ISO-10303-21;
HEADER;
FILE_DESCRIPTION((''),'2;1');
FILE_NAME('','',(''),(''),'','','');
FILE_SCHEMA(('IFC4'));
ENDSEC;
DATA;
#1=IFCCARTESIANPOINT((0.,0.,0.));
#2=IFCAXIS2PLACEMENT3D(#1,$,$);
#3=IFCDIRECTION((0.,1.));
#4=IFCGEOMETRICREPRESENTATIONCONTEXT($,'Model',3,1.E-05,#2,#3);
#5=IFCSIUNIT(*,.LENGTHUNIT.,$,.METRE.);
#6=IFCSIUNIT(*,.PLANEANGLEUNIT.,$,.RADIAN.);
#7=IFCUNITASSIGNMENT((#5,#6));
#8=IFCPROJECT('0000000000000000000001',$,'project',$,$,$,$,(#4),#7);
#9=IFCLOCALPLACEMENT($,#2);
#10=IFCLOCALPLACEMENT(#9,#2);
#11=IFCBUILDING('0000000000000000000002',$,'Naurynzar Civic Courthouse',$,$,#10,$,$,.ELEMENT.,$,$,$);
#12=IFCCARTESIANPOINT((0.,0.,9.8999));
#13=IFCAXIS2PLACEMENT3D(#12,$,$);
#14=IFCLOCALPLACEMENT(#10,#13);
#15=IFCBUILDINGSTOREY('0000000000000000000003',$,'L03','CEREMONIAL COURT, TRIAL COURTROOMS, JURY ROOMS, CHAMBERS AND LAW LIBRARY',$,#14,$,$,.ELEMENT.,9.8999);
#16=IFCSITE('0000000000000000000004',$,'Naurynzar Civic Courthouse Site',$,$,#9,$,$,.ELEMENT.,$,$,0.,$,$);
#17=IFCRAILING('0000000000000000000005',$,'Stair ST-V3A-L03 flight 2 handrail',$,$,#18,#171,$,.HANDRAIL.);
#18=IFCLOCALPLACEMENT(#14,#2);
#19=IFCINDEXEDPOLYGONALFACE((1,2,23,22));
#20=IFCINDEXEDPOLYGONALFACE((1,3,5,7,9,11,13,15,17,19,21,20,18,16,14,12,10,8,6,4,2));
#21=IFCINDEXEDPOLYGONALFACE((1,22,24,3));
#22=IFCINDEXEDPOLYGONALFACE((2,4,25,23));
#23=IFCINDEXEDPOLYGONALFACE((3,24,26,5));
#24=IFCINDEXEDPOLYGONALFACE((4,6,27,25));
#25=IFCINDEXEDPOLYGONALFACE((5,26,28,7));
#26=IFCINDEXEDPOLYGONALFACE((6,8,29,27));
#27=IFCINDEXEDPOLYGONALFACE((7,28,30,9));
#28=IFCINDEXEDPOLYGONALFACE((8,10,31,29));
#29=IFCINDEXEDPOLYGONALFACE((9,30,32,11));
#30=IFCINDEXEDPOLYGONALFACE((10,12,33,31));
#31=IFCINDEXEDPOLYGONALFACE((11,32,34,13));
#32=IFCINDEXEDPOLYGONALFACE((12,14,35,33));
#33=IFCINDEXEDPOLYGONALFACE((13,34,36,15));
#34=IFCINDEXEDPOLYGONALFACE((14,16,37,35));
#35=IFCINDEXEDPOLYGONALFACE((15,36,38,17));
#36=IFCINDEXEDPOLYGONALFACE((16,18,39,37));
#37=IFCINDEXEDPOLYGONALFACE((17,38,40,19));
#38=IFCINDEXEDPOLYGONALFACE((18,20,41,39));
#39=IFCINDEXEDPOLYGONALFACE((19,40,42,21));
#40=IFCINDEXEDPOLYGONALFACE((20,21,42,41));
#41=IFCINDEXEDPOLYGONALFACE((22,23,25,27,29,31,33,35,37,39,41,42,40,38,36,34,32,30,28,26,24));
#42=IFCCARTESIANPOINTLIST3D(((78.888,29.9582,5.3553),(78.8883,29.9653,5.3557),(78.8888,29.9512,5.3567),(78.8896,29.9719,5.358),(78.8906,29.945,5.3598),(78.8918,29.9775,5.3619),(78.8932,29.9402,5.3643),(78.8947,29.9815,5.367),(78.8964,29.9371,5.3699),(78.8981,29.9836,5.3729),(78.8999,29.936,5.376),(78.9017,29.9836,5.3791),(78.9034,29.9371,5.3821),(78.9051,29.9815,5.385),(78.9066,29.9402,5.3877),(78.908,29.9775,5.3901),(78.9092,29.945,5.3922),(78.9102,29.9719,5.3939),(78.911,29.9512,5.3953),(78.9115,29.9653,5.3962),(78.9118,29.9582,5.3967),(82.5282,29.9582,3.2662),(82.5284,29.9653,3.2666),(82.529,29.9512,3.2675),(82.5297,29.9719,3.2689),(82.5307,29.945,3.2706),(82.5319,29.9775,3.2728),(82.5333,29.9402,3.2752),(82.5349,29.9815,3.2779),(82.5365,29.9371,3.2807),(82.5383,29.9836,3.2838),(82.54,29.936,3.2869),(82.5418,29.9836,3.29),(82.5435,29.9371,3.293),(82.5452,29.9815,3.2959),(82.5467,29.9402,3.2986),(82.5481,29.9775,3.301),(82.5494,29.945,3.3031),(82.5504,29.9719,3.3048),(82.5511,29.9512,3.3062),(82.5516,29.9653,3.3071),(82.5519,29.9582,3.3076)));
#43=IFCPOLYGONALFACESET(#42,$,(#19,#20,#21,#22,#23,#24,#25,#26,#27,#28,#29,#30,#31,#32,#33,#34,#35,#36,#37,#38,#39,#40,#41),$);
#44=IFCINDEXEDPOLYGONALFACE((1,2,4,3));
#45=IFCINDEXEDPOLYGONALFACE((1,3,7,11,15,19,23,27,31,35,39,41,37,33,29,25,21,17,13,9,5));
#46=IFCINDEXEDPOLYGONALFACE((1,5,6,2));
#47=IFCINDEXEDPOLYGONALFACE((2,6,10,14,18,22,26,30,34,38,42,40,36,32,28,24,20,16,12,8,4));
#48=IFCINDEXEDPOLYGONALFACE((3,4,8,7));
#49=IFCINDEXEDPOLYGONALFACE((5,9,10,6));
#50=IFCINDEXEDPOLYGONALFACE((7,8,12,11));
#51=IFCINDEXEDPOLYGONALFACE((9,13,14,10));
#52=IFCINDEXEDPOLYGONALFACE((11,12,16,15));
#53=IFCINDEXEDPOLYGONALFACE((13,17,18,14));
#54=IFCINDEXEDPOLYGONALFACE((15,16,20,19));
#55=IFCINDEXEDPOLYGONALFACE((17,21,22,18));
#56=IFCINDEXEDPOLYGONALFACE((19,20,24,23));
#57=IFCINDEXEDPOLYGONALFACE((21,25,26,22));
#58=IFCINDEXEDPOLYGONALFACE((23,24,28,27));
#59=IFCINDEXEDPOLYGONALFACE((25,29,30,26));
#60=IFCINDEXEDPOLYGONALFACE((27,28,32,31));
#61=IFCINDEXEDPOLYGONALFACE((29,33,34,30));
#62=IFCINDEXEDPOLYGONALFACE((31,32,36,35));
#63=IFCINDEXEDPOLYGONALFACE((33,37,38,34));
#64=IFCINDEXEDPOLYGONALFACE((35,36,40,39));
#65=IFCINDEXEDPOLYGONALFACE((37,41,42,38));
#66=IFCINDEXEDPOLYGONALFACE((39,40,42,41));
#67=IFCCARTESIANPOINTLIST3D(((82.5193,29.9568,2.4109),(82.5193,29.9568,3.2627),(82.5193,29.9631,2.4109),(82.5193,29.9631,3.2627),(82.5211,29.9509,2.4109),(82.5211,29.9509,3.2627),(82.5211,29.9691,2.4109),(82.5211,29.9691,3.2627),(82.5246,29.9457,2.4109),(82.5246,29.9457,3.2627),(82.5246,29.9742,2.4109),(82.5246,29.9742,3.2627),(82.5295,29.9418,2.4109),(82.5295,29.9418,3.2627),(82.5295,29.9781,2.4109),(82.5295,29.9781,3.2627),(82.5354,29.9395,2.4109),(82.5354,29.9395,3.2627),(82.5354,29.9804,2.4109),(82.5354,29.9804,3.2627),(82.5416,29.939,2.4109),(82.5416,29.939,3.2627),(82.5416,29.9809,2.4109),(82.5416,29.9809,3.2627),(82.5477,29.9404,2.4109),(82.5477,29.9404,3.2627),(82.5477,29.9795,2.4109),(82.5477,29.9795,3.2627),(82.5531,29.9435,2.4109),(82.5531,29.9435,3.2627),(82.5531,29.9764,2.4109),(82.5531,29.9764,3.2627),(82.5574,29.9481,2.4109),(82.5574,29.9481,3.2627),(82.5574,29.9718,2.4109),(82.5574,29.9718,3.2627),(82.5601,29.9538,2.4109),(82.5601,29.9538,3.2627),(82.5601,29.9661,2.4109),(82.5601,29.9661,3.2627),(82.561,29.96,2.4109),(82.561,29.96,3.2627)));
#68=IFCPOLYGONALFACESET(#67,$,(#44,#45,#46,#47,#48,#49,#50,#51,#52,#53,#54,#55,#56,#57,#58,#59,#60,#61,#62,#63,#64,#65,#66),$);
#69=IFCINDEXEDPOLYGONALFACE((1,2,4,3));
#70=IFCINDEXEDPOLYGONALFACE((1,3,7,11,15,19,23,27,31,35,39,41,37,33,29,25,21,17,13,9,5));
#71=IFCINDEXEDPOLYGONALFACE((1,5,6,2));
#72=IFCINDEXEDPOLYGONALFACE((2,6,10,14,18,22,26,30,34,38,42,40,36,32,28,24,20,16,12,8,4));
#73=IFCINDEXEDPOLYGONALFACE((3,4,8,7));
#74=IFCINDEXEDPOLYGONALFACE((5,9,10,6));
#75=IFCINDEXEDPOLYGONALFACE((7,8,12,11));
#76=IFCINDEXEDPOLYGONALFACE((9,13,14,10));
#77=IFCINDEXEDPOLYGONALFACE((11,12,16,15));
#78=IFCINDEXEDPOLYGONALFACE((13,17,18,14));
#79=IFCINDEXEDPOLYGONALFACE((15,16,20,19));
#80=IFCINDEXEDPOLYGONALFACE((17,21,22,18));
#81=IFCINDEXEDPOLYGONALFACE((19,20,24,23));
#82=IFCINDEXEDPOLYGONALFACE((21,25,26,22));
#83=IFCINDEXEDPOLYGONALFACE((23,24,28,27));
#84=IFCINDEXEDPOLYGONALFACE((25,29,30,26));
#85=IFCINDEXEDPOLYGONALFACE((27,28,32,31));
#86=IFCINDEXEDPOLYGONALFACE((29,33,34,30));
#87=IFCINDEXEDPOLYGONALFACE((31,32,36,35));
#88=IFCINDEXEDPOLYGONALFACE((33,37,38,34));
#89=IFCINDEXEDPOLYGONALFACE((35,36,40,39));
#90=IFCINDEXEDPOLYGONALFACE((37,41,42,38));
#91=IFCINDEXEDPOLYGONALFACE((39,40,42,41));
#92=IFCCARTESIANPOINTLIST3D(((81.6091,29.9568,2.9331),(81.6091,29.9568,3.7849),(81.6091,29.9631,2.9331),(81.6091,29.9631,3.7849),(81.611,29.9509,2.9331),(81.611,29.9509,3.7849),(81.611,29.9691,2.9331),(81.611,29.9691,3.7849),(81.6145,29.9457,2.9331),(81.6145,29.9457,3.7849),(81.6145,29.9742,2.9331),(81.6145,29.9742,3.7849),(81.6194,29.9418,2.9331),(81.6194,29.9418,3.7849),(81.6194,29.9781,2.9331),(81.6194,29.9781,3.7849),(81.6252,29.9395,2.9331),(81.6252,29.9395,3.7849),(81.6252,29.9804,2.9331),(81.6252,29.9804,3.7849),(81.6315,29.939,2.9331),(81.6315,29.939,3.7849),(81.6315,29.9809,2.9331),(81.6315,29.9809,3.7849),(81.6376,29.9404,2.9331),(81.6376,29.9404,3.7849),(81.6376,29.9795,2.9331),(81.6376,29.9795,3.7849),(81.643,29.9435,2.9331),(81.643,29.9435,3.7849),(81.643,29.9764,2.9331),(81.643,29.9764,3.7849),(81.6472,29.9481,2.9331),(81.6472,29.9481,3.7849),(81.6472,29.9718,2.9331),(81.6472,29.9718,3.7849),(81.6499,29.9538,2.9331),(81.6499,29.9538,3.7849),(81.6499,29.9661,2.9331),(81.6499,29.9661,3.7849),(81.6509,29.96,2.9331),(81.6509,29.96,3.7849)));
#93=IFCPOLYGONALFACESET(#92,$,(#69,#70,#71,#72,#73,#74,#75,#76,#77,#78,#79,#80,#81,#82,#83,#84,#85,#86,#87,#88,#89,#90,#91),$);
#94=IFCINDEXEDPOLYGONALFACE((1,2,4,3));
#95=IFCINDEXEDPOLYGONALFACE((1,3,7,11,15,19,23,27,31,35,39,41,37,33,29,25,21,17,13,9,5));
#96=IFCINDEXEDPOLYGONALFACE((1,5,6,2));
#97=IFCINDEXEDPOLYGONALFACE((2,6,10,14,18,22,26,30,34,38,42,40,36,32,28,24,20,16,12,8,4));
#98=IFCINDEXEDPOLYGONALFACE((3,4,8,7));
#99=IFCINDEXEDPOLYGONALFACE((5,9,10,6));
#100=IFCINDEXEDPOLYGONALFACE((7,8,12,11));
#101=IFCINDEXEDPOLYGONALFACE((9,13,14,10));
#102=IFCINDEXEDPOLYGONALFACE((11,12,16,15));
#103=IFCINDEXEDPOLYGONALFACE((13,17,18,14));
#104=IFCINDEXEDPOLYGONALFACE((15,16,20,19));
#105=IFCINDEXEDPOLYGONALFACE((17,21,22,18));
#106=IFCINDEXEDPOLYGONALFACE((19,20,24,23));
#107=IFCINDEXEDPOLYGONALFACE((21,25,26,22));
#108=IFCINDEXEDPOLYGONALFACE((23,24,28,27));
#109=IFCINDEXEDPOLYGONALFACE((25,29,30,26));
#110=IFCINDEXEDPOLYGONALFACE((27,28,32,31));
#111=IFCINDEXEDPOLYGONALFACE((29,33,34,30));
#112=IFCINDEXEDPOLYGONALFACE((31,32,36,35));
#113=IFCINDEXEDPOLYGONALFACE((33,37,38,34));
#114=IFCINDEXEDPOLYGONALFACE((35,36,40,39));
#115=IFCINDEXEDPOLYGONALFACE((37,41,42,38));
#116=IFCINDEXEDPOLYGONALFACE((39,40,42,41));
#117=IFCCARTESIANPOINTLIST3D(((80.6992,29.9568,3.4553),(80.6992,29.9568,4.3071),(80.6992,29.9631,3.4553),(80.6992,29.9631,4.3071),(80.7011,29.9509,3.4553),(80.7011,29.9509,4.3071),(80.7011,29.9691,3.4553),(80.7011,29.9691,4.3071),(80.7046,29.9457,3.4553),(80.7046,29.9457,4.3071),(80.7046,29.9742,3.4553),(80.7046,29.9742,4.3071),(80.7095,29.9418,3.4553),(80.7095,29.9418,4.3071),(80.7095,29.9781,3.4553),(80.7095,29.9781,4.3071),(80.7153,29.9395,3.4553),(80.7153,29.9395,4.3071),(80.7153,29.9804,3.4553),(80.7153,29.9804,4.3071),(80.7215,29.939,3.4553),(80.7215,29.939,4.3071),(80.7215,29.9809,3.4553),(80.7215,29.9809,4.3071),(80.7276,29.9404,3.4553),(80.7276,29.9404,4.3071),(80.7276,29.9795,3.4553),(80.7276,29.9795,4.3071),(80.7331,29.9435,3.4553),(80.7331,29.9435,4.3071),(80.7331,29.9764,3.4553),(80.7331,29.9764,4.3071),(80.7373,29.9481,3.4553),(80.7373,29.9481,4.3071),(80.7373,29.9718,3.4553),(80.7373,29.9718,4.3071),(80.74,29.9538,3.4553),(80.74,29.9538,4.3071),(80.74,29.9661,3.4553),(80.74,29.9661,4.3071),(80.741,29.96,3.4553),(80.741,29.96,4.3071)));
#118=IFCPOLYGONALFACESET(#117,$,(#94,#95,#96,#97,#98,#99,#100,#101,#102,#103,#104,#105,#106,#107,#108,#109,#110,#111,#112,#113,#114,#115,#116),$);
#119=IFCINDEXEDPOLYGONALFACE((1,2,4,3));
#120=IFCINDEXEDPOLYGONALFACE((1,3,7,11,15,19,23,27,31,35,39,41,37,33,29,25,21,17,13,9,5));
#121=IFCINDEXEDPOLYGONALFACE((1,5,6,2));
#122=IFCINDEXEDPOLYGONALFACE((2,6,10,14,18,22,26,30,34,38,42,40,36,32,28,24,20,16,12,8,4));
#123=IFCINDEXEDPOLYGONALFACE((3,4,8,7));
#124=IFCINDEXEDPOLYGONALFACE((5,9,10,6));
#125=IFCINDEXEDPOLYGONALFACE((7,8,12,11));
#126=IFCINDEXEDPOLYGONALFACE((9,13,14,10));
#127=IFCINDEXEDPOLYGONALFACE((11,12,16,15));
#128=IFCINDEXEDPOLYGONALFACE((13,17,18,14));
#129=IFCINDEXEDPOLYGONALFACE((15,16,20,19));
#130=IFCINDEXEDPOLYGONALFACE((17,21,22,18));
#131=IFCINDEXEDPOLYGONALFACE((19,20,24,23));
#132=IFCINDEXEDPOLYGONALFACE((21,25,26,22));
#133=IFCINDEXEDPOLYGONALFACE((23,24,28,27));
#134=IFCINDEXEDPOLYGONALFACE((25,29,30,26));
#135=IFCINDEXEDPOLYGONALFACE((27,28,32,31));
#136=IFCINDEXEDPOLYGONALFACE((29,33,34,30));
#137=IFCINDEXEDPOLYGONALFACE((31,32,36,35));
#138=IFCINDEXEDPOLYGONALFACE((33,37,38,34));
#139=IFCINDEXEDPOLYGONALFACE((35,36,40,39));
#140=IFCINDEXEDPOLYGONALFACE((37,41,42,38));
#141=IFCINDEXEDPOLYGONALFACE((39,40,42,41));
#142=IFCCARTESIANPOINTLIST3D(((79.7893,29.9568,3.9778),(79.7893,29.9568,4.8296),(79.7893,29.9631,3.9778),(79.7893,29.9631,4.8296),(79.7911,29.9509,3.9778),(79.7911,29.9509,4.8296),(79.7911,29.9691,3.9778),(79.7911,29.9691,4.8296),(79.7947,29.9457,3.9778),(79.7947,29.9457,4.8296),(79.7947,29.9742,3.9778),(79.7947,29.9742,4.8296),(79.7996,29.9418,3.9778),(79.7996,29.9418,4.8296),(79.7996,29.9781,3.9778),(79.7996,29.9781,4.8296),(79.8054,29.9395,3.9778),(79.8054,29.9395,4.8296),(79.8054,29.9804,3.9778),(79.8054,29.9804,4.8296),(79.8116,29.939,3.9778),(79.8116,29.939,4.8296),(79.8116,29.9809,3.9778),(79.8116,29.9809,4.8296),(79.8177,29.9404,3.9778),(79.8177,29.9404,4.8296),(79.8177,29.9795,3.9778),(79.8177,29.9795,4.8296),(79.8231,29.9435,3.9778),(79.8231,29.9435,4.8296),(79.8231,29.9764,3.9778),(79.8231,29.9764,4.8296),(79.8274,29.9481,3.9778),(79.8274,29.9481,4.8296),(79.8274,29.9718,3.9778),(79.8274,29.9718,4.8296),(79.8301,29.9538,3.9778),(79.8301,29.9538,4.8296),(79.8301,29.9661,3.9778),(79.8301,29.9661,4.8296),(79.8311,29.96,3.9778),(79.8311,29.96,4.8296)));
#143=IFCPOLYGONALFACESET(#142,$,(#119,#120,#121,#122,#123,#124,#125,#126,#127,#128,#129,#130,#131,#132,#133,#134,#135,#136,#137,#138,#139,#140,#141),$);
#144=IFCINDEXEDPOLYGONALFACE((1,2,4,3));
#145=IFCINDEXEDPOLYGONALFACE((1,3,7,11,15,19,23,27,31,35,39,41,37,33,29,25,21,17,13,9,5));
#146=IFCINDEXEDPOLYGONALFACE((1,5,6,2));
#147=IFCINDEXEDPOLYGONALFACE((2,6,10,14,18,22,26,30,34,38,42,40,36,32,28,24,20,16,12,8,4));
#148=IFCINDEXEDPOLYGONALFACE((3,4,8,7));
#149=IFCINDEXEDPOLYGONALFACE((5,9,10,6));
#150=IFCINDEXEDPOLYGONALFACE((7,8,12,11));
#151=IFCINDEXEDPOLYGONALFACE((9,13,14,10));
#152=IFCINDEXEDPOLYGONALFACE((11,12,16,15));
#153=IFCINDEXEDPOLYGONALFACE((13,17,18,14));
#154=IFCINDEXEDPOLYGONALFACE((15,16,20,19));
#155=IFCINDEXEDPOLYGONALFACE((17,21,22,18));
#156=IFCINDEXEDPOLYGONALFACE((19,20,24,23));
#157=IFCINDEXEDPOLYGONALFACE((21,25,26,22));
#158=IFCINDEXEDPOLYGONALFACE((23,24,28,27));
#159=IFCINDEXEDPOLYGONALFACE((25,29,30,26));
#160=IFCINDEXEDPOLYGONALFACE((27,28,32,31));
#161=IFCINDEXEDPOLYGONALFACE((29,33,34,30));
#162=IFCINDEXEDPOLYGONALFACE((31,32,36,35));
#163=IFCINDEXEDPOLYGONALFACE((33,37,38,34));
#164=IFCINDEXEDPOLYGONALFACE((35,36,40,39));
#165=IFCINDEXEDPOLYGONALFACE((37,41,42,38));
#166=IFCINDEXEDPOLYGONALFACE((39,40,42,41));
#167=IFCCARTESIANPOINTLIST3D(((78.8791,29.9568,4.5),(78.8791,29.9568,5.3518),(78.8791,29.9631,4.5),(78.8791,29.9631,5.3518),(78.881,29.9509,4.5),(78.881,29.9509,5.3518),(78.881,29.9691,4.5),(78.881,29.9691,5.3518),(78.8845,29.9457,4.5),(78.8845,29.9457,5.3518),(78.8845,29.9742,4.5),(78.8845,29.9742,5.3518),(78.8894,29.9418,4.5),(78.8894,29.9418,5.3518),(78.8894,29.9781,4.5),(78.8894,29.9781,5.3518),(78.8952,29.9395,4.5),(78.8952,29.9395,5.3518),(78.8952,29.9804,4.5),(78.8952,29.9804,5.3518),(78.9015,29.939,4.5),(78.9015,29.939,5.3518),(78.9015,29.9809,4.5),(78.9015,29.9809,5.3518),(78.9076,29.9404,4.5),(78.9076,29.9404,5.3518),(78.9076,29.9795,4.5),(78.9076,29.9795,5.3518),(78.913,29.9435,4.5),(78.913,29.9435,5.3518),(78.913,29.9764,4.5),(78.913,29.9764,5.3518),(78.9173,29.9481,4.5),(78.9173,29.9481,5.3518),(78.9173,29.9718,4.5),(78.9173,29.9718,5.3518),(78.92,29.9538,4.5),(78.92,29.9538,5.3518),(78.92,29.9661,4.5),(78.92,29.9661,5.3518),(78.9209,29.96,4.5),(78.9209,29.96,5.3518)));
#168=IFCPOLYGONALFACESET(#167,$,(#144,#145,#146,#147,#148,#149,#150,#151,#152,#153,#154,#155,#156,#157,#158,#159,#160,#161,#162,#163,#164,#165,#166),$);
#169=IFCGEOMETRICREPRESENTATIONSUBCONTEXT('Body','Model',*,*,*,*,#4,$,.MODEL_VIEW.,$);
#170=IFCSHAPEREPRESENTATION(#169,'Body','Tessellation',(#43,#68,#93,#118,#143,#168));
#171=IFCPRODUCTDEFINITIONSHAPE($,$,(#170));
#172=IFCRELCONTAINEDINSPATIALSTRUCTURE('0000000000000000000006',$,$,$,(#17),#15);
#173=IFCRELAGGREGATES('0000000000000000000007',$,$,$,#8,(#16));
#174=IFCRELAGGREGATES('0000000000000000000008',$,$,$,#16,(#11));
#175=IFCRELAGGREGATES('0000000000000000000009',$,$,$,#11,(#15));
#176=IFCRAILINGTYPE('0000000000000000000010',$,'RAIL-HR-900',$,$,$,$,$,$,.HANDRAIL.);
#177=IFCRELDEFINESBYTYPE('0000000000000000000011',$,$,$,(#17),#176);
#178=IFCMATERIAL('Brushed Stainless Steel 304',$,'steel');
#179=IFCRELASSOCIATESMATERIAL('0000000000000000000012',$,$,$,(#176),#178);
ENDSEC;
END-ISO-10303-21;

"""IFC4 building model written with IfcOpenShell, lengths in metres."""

from ifc_helpers import new_model, si_unit, direction, frame, origin, origin_2d, place, context, subcontext, project, spatial, circle, extrude, material, type_object, element, save


model = new_model("IFC4")

# Units and contexts
model_context = context("Model", 3, precision=1e-05, world=origin(), true_north=direction((0.0, 1.0)))
body_context = subcontext(model_context, "Body", "Model", "MODEL_VIEW")
ifc_project = project(units=[si_unit("LENGTHUNIT", "METRE"), si_unit("PLANEANGLEUNIT", "RADIAN")], contexts=[model_context])

# Site, building, storey
site_placement = place(None, origin())
site = spatial("IfcSite", under=ifc_project, at=site_placement, Name="Naurynzar Civic Courthouse Site", CompositionType="ELEMENT", RefElevation=0.0)
building_placement = place(site_placement, origin())
building = spatial("IfcBuilding", under=site, at=building_placement, Name="Naurynzar Civic Courthouse", CompositionType="ELEMENT")
storey_placement = place(building_placement, frame((0.0, 0.0, 9.8999)))
storey = spatial("IfcBuildingStorey", under=building, at=storey_placement, Name="L03", Description="CEREMONIAL COURT, TRIAL COURTROOMS, JURY ROOMS, CHAMBERS AND LAW LIBRARY", CompositionType="ELEMENT", Elevation=9.8999)

# Railing
ifc_material_1 = material(Name="Brushed Stainless Steel 304", Category="steel")
railing_type_1 = type_object("IfcRailingType", Name="RAIL-HR-900", PredefinedType="HANDRAIL", material=ifc_material_1)
railing_1_placement = place(storey_placement, frame((82.54, 29.96, 2.4109)))
element("IfcRailing", 1, at=railing_1_placement, inside=storey, type_object=railing_type_1, Name="Stair ST-V3A-L03 flight 2 handrail", PredefinedType="HANDRAIL", context=body_context, shape_type="SweptSolid", body=[
    extrude(circle(Radius=0.0239, at=origin_2d()), frame((0.0, 0.0, 0.876), z_axis=(-0.867314, 0.0, 0.497761), x_axis=(0.0, -1.0, 0.0)), (0.0, 0.0, 1.0), 4.197),
    extrude(circle(Radius=0.021, at=origin_2d()), origin(), (0.0, 0.0, 1.0), 0.8518),
    extrude(circle(Radius=0.021, at=origin_2d()), frame((-0.9102, 0.0, 0.5222)), (0.0, 0.0, 1.0), 0.8518),
    extrude(circle(Radius=0.021, at=origin_2d()), frame((-1.8201, 0.0, 1.0444)), (0.0, 0.0, 1.0), 0.8518),
    extrude(circle(Radius=0.021, at=origin_2d()), frame((-2.73, 0.0, 1.5669)), (0.0, 0.0, 1.0), 0.8518),
    extrude(circle(Radius=0.021, at=origin_2d()), frame((-3.6401, 0.0, 2.0891)), (0.0, 0.0, 1.0), 0.8518),
])

save(model, "model.ifc")
